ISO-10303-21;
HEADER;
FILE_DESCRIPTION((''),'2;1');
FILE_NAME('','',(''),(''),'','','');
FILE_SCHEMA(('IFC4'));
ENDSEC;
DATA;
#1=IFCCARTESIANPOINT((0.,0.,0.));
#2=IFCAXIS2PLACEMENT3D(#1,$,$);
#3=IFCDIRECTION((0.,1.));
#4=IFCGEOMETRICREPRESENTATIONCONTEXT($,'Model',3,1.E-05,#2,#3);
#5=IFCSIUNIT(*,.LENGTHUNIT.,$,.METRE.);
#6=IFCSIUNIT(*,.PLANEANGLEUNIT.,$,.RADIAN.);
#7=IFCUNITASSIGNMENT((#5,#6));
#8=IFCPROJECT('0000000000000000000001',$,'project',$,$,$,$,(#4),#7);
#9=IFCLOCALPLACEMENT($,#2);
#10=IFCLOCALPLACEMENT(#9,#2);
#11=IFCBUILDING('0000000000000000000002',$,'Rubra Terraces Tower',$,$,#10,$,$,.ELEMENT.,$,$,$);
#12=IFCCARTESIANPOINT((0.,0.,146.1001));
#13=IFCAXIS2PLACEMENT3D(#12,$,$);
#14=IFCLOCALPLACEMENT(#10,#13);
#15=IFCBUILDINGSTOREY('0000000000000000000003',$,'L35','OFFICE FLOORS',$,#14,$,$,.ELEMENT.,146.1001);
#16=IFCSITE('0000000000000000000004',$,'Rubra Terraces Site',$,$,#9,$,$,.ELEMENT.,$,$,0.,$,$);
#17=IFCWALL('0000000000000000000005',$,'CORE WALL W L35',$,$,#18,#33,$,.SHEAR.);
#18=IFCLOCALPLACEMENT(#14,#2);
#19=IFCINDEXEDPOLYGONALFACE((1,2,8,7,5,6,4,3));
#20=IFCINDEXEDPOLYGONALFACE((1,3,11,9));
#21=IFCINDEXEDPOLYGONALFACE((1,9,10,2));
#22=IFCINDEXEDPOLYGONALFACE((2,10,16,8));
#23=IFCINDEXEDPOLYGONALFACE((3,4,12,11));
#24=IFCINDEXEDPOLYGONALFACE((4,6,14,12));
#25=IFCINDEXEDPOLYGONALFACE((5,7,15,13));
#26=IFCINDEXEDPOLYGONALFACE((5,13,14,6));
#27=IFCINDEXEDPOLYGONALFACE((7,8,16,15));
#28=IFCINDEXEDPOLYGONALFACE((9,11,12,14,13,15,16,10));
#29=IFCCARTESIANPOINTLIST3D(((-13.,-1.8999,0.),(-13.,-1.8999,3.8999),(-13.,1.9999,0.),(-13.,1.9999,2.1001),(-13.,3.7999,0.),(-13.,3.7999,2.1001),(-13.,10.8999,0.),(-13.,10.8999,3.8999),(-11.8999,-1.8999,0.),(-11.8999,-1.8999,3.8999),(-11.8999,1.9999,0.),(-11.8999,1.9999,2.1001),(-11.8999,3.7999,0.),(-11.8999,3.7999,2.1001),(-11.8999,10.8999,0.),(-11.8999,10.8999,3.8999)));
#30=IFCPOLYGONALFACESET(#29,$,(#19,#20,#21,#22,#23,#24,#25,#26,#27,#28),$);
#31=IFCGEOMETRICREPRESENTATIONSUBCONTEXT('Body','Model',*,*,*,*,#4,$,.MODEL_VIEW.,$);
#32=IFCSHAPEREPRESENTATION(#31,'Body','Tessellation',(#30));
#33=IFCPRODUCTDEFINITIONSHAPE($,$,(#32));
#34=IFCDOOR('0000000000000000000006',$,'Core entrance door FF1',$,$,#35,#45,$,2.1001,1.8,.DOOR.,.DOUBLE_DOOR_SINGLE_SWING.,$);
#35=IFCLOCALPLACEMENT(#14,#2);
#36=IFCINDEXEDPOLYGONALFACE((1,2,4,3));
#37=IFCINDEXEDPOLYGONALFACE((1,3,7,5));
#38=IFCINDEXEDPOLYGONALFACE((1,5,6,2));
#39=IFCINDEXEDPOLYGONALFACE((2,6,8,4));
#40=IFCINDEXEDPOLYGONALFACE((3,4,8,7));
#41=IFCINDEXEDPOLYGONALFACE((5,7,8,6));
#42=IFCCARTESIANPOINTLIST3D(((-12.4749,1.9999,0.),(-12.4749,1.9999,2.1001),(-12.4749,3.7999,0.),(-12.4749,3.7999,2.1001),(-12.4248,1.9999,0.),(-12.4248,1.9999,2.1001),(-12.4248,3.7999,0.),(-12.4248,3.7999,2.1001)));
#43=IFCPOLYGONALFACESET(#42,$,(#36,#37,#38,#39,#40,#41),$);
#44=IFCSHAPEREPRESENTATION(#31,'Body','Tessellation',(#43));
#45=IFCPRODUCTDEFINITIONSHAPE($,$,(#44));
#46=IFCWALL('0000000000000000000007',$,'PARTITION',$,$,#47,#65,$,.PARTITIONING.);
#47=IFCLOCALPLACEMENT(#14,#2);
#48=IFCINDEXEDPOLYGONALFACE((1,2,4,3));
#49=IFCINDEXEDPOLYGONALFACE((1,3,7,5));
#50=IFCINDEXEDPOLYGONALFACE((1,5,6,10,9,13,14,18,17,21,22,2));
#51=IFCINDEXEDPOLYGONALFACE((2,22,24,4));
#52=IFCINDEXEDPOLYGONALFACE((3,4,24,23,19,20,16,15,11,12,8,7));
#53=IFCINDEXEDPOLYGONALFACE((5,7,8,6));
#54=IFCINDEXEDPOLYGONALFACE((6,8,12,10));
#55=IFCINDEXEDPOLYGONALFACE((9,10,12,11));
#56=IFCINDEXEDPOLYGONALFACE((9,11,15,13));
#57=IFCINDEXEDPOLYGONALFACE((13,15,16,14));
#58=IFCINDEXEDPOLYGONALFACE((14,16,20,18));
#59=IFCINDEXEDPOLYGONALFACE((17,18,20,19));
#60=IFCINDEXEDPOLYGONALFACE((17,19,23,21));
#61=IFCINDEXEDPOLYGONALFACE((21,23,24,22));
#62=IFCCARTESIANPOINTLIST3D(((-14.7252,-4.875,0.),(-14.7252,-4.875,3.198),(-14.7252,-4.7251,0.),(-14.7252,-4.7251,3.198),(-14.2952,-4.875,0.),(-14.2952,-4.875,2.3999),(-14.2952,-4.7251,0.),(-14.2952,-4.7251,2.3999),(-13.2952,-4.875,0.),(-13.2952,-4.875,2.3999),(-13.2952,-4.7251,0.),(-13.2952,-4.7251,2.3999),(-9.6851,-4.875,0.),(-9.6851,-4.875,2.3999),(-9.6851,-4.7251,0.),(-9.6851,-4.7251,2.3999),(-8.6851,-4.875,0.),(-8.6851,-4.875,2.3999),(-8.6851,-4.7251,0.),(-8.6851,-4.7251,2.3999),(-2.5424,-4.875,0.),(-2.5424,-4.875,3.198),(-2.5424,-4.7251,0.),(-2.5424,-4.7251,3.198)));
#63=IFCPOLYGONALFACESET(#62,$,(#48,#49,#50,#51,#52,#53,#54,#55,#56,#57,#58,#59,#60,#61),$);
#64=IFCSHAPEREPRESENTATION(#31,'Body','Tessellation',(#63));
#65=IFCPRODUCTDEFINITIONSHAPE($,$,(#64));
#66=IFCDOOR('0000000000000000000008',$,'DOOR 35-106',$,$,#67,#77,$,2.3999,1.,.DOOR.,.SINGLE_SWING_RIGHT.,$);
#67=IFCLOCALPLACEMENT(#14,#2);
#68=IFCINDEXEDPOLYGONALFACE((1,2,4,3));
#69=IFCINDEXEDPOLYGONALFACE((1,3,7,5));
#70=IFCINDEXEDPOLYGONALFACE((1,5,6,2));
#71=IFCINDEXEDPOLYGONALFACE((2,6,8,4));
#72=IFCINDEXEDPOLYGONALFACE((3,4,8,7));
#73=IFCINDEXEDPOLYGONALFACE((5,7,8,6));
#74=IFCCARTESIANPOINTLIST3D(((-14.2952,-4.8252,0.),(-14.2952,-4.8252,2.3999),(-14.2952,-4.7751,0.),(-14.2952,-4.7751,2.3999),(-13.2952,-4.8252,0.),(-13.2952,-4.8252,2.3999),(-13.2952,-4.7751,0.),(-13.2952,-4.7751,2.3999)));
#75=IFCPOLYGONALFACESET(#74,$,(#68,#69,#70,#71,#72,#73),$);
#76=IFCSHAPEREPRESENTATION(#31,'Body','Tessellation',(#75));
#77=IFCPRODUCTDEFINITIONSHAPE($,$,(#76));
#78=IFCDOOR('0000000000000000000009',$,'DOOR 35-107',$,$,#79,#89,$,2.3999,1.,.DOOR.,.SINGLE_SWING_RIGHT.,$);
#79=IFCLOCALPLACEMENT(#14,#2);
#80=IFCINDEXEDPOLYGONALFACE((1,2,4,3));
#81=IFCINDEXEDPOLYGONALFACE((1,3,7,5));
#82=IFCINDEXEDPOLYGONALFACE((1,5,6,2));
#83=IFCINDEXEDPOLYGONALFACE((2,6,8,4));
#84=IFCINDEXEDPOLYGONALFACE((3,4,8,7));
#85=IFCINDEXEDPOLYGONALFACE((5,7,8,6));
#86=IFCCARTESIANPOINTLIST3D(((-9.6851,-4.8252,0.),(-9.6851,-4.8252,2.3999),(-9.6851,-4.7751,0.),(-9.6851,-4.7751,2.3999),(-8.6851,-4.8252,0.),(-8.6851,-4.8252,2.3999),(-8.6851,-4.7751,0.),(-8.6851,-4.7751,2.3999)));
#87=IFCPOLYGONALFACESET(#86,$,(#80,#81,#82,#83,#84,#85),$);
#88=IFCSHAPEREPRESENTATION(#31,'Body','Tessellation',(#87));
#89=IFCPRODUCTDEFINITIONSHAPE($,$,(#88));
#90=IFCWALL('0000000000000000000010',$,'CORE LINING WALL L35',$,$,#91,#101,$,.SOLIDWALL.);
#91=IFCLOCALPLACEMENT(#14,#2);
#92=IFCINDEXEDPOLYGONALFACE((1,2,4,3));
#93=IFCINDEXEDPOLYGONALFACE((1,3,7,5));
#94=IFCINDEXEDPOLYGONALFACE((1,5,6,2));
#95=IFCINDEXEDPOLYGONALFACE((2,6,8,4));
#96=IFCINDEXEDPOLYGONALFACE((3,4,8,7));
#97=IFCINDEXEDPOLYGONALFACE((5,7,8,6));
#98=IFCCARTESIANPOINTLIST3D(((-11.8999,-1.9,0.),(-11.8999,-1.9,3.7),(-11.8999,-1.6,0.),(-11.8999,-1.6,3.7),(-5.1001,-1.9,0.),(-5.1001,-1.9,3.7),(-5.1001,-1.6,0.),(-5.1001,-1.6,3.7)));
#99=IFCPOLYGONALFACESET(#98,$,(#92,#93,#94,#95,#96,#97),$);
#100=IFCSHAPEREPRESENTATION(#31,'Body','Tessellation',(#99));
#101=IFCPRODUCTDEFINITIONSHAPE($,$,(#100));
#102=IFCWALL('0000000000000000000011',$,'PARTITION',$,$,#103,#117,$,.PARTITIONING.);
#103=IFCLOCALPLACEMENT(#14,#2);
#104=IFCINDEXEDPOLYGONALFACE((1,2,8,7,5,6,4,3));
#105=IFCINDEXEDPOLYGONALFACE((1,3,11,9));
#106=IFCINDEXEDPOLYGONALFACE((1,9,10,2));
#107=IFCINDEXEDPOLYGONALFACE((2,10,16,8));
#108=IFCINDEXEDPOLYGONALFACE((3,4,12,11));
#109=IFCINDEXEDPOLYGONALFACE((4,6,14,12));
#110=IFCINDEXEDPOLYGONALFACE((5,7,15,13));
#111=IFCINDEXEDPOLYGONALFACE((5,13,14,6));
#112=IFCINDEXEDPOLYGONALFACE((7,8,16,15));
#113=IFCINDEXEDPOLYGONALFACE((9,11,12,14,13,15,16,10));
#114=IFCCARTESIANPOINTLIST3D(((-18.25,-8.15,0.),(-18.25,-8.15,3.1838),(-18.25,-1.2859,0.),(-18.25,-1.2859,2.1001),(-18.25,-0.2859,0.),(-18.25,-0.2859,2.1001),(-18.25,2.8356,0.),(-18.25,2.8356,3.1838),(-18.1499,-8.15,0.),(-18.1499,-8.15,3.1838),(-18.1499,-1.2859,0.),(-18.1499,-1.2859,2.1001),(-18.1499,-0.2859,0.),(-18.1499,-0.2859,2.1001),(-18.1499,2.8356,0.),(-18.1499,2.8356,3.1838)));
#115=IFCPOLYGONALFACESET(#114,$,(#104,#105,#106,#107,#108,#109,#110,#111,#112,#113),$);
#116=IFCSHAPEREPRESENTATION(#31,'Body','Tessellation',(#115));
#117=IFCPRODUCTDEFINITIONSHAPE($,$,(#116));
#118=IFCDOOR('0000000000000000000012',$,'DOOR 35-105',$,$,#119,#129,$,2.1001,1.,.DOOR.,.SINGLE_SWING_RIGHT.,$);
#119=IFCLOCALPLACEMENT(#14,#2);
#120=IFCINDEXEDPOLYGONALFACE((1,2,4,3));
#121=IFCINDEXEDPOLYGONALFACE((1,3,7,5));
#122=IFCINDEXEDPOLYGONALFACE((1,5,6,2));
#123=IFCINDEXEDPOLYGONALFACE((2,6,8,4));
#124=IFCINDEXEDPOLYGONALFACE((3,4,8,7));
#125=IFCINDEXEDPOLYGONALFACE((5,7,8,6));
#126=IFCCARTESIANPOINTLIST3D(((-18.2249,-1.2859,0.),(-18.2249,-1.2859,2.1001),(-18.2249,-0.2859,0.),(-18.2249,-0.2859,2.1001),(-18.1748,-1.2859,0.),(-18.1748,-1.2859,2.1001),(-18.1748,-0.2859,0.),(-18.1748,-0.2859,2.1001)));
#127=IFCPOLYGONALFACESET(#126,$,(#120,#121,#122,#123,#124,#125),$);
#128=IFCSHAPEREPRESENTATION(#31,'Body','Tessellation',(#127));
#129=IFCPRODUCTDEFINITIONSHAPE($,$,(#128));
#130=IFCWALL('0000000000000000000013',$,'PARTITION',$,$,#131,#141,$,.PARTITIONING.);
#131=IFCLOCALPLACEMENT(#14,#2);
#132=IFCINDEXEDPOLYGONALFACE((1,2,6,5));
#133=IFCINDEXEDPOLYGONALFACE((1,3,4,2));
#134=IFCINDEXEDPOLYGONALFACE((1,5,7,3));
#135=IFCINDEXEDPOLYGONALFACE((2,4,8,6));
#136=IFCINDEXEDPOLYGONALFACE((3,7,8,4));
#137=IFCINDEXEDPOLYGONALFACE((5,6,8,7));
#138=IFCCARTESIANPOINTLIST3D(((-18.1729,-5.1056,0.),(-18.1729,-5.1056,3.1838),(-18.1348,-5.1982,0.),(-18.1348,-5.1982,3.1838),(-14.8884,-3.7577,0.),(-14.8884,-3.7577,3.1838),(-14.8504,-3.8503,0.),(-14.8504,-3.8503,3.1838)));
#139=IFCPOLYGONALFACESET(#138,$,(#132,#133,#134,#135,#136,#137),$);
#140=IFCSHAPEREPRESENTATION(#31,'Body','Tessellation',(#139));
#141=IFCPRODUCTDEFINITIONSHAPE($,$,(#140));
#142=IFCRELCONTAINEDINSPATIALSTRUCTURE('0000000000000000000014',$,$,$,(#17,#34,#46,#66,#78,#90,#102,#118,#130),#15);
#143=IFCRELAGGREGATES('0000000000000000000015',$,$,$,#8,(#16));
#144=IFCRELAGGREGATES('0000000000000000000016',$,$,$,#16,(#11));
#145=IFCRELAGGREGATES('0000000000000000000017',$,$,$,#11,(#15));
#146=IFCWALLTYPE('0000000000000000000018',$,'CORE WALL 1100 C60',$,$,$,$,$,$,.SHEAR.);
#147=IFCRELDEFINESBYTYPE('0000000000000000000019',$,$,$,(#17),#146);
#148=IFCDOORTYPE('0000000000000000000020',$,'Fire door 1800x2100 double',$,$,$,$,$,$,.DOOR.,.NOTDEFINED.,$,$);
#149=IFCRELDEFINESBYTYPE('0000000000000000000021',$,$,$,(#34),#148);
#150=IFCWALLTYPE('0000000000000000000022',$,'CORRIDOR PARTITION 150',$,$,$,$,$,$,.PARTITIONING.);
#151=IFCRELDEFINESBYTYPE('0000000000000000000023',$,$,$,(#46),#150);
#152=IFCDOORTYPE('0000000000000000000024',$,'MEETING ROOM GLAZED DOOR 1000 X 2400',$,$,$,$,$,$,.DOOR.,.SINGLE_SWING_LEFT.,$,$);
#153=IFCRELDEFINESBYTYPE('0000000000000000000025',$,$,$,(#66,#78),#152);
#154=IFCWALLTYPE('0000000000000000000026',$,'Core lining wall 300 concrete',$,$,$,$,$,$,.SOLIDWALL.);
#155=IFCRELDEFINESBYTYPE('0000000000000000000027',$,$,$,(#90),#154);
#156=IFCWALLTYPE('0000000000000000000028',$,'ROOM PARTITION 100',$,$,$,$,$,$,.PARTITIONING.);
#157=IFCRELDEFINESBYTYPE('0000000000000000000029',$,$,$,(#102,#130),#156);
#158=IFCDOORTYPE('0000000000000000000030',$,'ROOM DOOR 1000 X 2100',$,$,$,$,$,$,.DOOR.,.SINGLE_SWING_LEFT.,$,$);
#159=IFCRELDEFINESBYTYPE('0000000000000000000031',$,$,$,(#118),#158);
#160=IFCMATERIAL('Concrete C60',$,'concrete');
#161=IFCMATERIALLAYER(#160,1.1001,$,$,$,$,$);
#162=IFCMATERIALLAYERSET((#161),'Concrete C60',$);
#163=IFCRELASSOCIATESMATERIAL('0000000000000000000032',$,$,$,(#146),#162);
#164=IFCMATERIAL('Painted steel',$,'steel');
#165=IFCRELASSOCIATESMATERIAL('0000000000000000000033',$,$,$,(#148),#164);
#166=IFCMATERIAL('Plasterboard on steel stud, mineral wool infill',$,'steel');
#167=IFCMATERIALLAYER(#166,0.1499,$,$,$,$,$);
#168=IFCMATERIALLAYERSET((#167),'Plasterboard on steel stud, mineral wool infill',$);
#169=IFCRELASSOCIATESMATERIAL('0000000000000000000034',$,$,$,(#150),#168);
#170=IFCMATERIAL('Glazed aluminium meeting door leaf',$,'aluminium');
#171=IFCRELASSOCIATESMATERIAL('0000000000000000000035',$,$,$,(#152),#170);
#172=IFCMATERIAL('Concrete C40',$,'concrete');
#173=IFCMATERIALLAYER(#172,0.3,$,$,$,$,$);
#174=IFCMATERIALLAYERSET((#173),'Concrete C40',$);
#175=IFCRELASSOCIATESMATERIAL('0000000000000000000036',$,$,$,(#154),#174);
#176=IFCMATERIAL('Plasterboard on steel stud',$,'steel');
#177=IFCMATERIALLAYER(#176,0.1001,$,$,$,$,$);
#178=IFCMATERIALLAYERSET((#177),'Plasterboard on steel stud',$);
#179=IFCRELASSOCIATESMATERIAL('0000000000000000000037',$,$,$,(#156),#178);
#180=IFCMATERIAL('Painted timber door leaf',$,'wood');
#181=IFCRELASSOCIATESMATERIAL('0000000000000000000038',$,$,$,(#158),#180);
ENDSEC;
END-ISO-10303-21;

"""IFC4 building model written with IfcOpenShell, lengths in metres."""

from ifc_helpers import new_model, si_unit, direction, frame, frame_2d, origin, place, context, subcontext, project, spatial, rectangle, extrude, material, layer, layer_set, type_object, element, fill, save


model = new_model("IFC4")

# Units and contexts
model_context = context("Model", 3, precision=1e-05, world=origin(), true_north=direction((0.0, 1.0)))
body_context = subcontext(model_context, "Body", "Model", "MODEL_VIEW")
ifc_project = project(units=[si_unit("LENGTHUNIT", "METRE"), si_unit("PLANEANGLEUNIT", "RADIAN")], contexts=[model_context])

# Site, building, storey
site_placement = place(None, origin())
site = spatial("IfcSite", under=ifc_project, at=site_placement, Name="Rubra Terraces Site", CompositionType="ELEMENT", RefElevation=0.0)
building_placement = place(site_placement, origin())
building = spatial("IfcBuilding", under=site, at=building_placement, Name="Rubra Terraces Tower", CompositionType="ELEMENT")
storey_placement = place(building_placement, frame((0.0, 0.0, 146.1001)))
storey = spatial("IfcBuildingStorey", under=building, at=storey_placement, Name="L35", Description="OFFICE FLOORS", CompositionType="ELEMENT", Elevation=146.1001)

# Shared definitions
ifc_material_1 = material(Name="Concrete C60", Category="concrete")
ifc_layer_1 = layer(ifc_material_1, 1.1001)
ifc_layer_set_1 = layer_set([ifc_layer_1], Name="Concrete C60")
wall_type_1 = type_object("IfcWallType", Name="CORE WALL 1100 C60", PredefinedType="SHEAR", material=ifc_layer_set_1)
ifc_material_2 = material(Name="Painted steel", Category="steel")

# Wall, opening, door
wall_1_placement = place(storey_placement, frame((-12.45, -1.8999, 0.0), z_axis=(0.0, 0.0, 1.0), x_axis=(0.0, 1.0, 0.0)))
wall_1 = element("IfcWall", 1, at=wall_1_placement, inside=storey, type_object=wall_type_1, Name="CORE WALL W L35", PredefinedType="SHEAR", context=body_context, shape_type="SweptSolid", body=[
    extrude(rectangle(XDim=12.7998, YDim=1.1001, at=frame_2d((6.3999, 0.0))), origin(), (0.0, 0.0, 1.0), 3.8999),
])
opening_1_placement = place(wall_1_placement, frame((3.8999, 0.0, 0.0)))
opening_1 = element("IfcOpeningElement", 2, at=opening_1_placement, cuts=wall_1, PredefinedType="OPENING", context=body_context, shape_type="SweptSolid", body=[
    extrude(rectangle(XDim=1.8, YDim=2.1001, at=frame_2d((0.8999, 1.05))), frame((0.0, 0.5601, 0.0), z_axis=(0.0, -1.0, 0.0), x_axis=(1.0, 0.0, 0.0)), (0.0, 0.0, 1.0), 1.1201),
])
door_type_1 = type_object("IfcDoorType", Name="Fire door 1800x2100 double", OperationType="NOTDEFINED", PredefinedType="DOOR", material=ifc_material_2)
door_1_placement = place(opening_1_placement, origin())
door_1 = element("IfcDoor", 3, at=door_1_placement, inside=storey, type_object=door_type_1, Name="Core entrance door FF1", OperationType="DOUBLE_DOOR_SINGLE_SWING", OverallHeight=2.1001, OverallWidth=1.8, PredefinedType="DOOR", context=body_context, shape_type="SweptSolid", body=[
    extrude(rectangle(XDim=1.8, YDim=2.1001, at=frame_2d((0.8999, 1.05))), frame((0.0, 0.0249, 0.0), z_axis=(0.0, -1.0, 0.0), x_axis=(1.0, 0.0, 0.0)), (0.0, 0.0, 1.0), 0.05),
])
fill(opening_1, door_1)

# Wall, openings, doors
ifc_material_3 = material(Name="Plasterboard on steel stud, mineral wool infill", Category="steel")
ifc_layer_2 = layer(ifc_material_3, 0.1499)
ifc_layer_set_2 = layer_set([ifc_layer_2], Name="Plasterboard on steel stud, mineral wool infill")
wall_type_2 = type_object("IfcWallType", Name="CORRIDOR PARTITION 150", PredefinedType="PARTITIONING", material=ifc_layer_set_2)
wall_2_placement = place(storey_placement, frame((-14.7251, -4.8, 0.0), z_axis=(0.0, 0.0, 1.0), x_axis=(1.0, 0.0, 0.0)))
wall_2 = element("IfcWall", 4, at=wall_2_placement, inside=storey, type_object=wall_type_2, Name="PARTITION", PredefinedType="PARTITIONING", context=body_context, shape_type="SweptSolid", body=[
    extrude(rectangle(XDim=12.1829, YDim=0.1499, at=frame_2d((6.0913, 0.0))), origin(), (0.0, 0.0, 1.0), 3.198),
])
opening_2_placement = place(wall_2_placement, frame((0.4299, 0.0, 0.0)))
opening_2 = element("IfcOpeningElement", 5, at=opening_2_placement, cuts=wall_2, PredefinedType="OPENING", context=body_context, shape_type="SweptSolid", body=[
    extrude(rectangle(XDim=1.0, YDim=2.3999, at=frame_2d((0.5, 1.2))), frame((0.0, 0.085, 0.0), z_axis=(0.0, -1.0, 0.0), x_axis=(1.0, 0.0, 0.0)), (0.0, 0.0, 1.0), 0.1699),
])
opening_3_placement = place(wall_2_placement, frame((5.04, 0.0, 0.0)))
opening_3 = element("IfcOpeningElement", 6, at=opening_3_placement, cuts=wall_2, PredefinedType="OPENING", context=body_context, shape_type="SweptSolid", body=[
    extrude(rectangle(XDim=1.0, YDim=2.3999, at=frame_2d((0.5, 1.2))), frame((0.0, 0.085, 0.0), z_axis=(0.0, -1.0, 0.0), x_axis=(1.0, 0.0, 0.0)), (0.0, 0.0, 1.0), 0.1699),
])
ifc_material_4 = material(Name="Glazed aluminium meeting door leaf", Category="aluminium")
door_type_2 = type_object("IfcDoorType", Name="MEETING ROOM GLAZED DOOR 1000 X 2400", OperationType="SINGLE_SWING_LEFT", PredefinedType="DOOR", material=ifc_material_4)
door_2_placement = place(opening_2_placement, origin())
door_2 = element("IfcDoor", 7, at=door_2_placement, inside=storey, type_object=door_type_2, Name="DOOR 35-106", OperationType="SINGLE_SWING_RIGHT", OverallHeight=2.3999, OverallWidth=1.0, PredefinedType="DOOR", context=body_context, shape_type="SweptSolid", body=[
    extrude(rectangle(XDim=1.0, YDim=2.3999, at=frame_2d((0.5, 1.2))), frame((0.0, 0.0249, 0.0), z_axis=(0.0, -1.0, 0.0), x_axis=(1.0, 0.0, 0.0)), (0.0, 0.0, 1.0), 0.05),
])
fill(opening_2, door_2)
door_3_placement = place(opening_3_placement, origin())
door_3 = element("IfcDoor", 8, at=door_3_placement, inside=storey, type_object=door_type_2, Name="DOOR 35-107", OperationType="SINGLE_SWING_RIGHT", OverallHeight=2.3999, OverallWidth=1.0, PredefinedType="DOOR", context=body_context, shape_type="SweptSolid", body=[
    extrude(rectangle(XDim=1.0, YDim=2.3999, at=frame_2d((0.5, 1.2))), frame((0.0, 0.0249, 0.0), z_axis=(0.0, -1.0, 0.0), x_axis=(1.0, 0.0, 0.0)), (0.0, 0.0, 1.0), 0.05),
])
fill(opening_3, door_3)

# Wall
ifc_material_5 = material(Name="Concrete C40", Category="concrete")
ifc_layer_3 = layer(ifc_material_5, 0.3)
ifc_layer_set_3 = layer_set([ifc_layer_3], Name="Concrete C40")
wall_type_3 = type_object("IfcWallType", Name="Core lining wall 300 concrete", PredefinedType="SOLIDWALL", material=ifc_layer_set_3)
wall_3_placement = place(storey_placement, frame((-11.8999, -1.75, 0.0), z_axis=(0.0, 0.0, 1.0), x_axis=(1.0, 0.0, 0.0)))
element("IfcWall", 9, at=wall_3_placement, inside=storey, type_object=wall_type_3, Name="CORE LINING WALL L35", PredefinedType="SOLIDWALL", context=body_context, shape_type="SweptSolid", body=[
    extrude(rectangle(XDim=6.7998, YDim=0.3, at=frame_2d((3.3999, 0.0))), origin(), (0.0, 0.0, 1.0), 3.7),
])

# Wall, opening, door
ifc_material_6 = material(Name="Plasterboard on steel stud", Category="steel")
ifc_layer_4 = layer(ifc_material_6, 0.1001)
ifc_layer_set_4 = layer_set([ifc_layer_4], Name="Plasterboard on steel stud")
wall_type_4 = type_object("IfcWallType", Name="ROOM PARTITION 100", PredefinedType="PARTITIONING", material=ifc_layer_set_4)
wall_4_placement = place(storey_placement, frame((-18.2, -8.1499, 0.0), z_axis=(0.0, 0.0, 1.0), x_axis=(0.0, 1.0, 0.0)))
wall_4 = element("IfcWall", 10, at=wall_4_placement, inside=storey, type_object=wall_type_4, Name="PARTITION", PredefinedType="PARTITIONING", context=body_context, shape_type="SweptSolid", body=[
    extrude(rectangle(XDim=10.9856, YDim=0.1001, at=frame_2d((5.4927, 0.0))), origin(), (0.0, 0.0, 1.0), 3.1838),
])
opening_4_placement = place(wall_4_placement, frame((6.864, 0.0, 0.0)))
opening_4 = element("IfcOpeningElement", 11, at=opening_4_placement, cuts=wall_4, PredefinedType="OPENING", context=body_context, shape_type="SweptSolid", body=[
    extrude(rectangle(XDim=1.0, YDim=2.1001, at=frame_2d((0.5, 1.05))), frame((0.0, 0.0601, 0.0), z_axis=(0.0, -1.0, 0.0), x_axis=(1.0, 0.0, 0.0)), (0.0, 0.0, 1.0), 0.1201),
])
ifc_material_7 = material(Name="Painted timber door leaf", Category="wood")
door_type_3 = type_object("IfcDoorType", Name="ROOM DOOR 1000 X 2100", OperationType="SINGLE_SWING_LEFT", PredefinedType="DOOR", material=ifc_material_7)
door_4_placement = place(opening_4_placement, origin())
door_4 = element("IfcDoor", 12, at=door_4_placement, inside=storey, type_object=door_type_3, Name="DOOR 35-105", OperationType="SINGLE_SWING_RIGHT", OverallHeight=2.1001, OverallWidth=1.0, PredefinedType="DOOR", context=body_context, shape_type="SweptSolid", body=[
    extrude(rectangle(XDim=1.0, YDim=2.1001, at=frame_2d((0.5, 1.05))), frame((0.0, 0.0249, 0.0), z_axis=(0.0, -1.0, 0.0), x_axis=(1.0, 0.0, 0.0)), (0.0, 0.0, 1.0), 0.05),
])
fill(opening_4, door_4)

# Wall
wall_5_placement = place(storey_placement, frame((-14.8694, -3.804, 0.0), z_axis=(0.0, 0.0, 1.0), x_axis=(-0.925125, -0.379664, 0.0)))
element("IfcWall", 13, at=wall_5_placement, inside=storey, type_object=wall_type_4, Name="PARTITION", PredefinedType="PARTITIONING", context=body_context, shape_type="SweptSolid", body=[
    extrude(rectangle(XDim=3.5503, YDim=0.1001, at=frame_2d((1.7751, 0.0))), origin(), (0.0, 0.0, 1.0), 3.1838),
])

save(model, "model.ifc")
